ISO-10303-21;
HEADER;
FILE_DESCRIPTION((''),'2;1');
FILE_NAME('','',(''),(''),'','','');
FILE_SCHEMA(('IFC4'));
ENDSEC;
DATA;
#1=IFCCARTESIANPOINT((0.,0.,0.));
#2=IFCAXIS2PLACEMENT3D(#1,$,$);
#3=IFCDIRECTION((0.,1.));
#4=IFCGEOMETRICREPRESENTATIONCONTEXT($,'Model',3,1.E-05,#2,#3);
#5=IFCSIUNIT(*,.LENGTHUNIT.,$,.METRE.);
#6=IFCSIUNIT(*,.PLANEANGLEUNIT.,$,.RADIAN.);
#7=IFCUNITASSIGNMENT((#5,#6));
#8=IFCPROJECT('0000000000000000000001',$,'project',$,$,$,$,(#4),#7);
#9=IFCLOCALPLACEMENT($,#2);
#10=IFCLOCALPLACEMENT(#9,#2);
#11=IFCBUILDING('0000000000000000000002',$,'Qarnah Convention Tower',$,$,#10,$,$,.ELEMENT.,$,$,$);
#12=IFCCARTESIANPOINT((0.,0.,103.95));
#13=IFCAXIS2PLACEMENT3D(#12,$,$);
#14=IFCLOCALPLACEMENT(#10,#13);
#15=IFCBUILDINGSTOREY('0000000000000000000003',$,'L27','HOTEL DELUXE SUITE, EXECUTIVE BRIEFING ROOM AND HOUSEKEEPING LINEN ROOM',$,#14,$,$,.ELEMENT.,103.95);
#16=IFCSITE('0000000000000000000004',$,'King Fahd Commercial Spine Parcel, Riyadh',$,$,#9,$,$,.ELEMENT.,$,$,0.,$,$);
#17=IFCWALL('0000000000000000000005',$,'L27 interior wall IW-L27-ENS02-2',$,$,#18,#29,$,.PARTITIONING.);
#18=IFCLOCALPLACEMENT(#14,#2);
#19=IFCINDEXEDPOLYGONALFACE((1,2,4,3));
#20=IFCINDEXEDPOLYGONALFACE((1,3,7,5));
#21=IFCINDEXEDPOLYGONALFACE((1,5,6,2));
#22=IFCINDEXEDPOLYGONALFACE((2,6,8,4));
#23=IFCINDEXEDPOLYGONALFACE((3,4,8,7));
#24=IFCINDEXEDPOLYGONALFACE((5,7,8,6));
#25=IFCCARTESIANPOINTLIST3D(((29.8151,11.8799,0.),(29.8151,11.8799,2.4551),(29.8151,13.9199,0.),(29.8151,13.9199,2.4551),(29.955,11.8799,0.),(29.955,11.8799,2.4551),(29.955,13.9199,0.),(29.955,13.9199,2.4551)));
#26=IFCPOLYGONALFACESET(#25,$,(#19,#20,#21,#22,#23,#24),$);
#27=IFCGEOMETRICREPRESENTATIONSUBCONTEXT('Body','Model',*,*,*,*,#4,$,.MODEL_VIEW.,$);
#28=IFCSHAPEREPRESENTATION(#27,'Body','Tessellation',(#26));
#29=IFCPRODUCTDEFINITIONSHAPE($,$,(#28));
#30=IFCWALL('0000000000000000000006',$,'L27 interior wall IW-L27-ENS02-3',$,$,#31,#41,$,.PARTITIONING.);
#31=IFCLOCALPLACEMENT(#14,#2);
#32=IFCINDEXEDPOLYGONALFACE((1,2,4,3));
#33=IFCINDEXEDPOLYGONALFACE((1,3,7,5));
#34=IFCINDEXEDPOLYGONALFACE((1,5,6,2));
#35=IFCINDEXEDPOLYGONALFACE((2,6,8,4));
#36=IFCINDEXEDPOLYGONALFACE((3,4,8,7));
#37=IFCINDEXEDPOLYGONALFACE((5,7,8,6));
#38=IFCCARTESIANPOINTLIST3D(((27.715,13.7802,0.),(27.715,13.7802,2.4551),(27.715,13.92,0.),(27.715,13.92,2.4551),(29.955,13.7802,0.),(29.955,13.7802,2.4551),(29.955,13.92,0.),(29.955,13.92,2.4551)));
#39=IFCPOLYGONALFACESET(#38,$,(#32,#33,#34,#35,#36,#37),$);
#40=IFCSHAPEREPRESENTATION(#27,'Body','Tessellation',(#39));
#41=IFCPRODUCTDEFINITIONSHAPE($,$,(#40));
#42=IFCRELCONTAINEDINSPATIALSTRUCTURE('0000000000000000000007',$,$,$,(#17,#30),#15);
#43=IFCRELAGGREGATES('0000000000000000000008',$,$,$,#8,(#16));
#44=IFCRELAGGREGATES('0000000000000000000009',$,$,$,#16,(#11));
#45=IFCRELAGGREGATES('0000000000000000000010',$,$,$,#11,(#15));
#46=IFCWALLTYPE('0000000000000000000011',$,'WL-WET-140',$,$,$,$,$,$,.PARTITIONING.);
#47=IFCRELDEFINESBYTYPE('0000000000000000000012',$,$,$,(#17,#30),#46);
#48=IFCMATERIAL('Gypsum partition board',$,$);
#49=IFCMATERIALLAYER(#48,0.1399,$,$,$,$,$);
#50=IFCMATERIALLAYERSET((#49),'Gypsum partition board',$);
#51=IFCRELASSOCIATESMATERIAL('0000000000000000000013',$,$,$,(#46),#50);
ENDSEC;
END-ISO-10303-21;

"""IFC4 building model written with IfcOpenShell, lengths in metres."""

from ifc_helpers import new_model, si_unit, direction, frame, frame_2d, origin, place, context, subcontext, project, spatial, rectangle, extrude, material, layer, layer_set, type_object, element, save


model = new_model("IFC4")

# Units and contexts
model_context = context("Model", 3, precision=1e-05, world=origin(), true_north=direction((0.0, 1.0)))
body_context = subcontext(model_context, "Body", "Model", "MODEL_VIEW")
ifc_project = project(units=[si_unit("LENGTHUNIT", "METRE"), si_unit("PLANEANGLEUNIT", "RADIAN")], contexts=[model_context])

# Site, building, storey
site_placement = place(None, origin())
site = spatial("IfcSite", under=ifc_project, at=site_placement, Name="King Fahd Commercial Spine Parcel, Riyadh", CompositionType="ELEMENT", RefElevation=0.0)
building_placement = place(site_placement, origin())
building = spatial("IfcBuilding", under=site, at=building_placement, Name="Qarnah Convention Tower", CompositionType="ELEMENT")
storey_placement = place(building_placement, frame((0.0, 0.0, 103.95)))
storey = spatial("IfcBuildingStorey", under=building, at=storey_placement, Name="L27", Description="HOTEL DELUXE SUITE, EXECUTIVE BRIEFING ROOM AND HOUSEKEEPING LINEN ROOM", CompositionType="ELEMENT", Elevation=103.95)

# Walls
ifc_material_1 = material(Name="Gypsum partition board")
ifc_layer_1 = layer(ifc_material_1, 0.1399)
ifc_layer_set_1 = layer_set([ifc_layer_1], Name="Gypsum partition board")
wall_type_1 = type_object("IfcWallType", Name="WL-WET-140", PredefinedType="PARTITIONING", material=ifc_layer_set_1)
wall_1_placement = place(storey_placement, frame((29.885, 11.8799, 0.0), z_axis=(0.0, 0.0, 1.0), x_axis=(0.0, 1.0, 0.0)))
element("IfcWall", 1, at=wall_1_placement, inside=storey, type_object=wall_type_1, Name="L27 interior wall IW-L27-ENS02-2", PredefinedType="PARTITIONING", context=body_context, shape_type="SweptSolid", body=[
    extrude(rectangle(XDim=2.04, YDim=0.1399, at=frame_2d((1.02, 0.0))), origin(), (0.0, 0.0, 1.0), 2.4551),
])
wall_2_placement = place(storey_placement, frame((29.9551, 13.8501, 0.0), z_axis=(0.0, 0.0, 1.0), x_axis=(-1.0, 0.0, 0.0)))
element("IfcWall", 2, at=wall_2_placement, inside=storey, type_object=wall_type_1, Name="L27 interior wall IW-L27-ENS02-3", PredefinedType="PARTITIONING", context=body_context, shape_type="SweptSolid", body=[
    extrude(rectangle(XDim=2.24, YDim=0.1399, at=frame_2d((1.1201, 0.0))), origin(), (0.0, 0.0, 1.0), 2.4551),
])

save(model, "model.ifc")
